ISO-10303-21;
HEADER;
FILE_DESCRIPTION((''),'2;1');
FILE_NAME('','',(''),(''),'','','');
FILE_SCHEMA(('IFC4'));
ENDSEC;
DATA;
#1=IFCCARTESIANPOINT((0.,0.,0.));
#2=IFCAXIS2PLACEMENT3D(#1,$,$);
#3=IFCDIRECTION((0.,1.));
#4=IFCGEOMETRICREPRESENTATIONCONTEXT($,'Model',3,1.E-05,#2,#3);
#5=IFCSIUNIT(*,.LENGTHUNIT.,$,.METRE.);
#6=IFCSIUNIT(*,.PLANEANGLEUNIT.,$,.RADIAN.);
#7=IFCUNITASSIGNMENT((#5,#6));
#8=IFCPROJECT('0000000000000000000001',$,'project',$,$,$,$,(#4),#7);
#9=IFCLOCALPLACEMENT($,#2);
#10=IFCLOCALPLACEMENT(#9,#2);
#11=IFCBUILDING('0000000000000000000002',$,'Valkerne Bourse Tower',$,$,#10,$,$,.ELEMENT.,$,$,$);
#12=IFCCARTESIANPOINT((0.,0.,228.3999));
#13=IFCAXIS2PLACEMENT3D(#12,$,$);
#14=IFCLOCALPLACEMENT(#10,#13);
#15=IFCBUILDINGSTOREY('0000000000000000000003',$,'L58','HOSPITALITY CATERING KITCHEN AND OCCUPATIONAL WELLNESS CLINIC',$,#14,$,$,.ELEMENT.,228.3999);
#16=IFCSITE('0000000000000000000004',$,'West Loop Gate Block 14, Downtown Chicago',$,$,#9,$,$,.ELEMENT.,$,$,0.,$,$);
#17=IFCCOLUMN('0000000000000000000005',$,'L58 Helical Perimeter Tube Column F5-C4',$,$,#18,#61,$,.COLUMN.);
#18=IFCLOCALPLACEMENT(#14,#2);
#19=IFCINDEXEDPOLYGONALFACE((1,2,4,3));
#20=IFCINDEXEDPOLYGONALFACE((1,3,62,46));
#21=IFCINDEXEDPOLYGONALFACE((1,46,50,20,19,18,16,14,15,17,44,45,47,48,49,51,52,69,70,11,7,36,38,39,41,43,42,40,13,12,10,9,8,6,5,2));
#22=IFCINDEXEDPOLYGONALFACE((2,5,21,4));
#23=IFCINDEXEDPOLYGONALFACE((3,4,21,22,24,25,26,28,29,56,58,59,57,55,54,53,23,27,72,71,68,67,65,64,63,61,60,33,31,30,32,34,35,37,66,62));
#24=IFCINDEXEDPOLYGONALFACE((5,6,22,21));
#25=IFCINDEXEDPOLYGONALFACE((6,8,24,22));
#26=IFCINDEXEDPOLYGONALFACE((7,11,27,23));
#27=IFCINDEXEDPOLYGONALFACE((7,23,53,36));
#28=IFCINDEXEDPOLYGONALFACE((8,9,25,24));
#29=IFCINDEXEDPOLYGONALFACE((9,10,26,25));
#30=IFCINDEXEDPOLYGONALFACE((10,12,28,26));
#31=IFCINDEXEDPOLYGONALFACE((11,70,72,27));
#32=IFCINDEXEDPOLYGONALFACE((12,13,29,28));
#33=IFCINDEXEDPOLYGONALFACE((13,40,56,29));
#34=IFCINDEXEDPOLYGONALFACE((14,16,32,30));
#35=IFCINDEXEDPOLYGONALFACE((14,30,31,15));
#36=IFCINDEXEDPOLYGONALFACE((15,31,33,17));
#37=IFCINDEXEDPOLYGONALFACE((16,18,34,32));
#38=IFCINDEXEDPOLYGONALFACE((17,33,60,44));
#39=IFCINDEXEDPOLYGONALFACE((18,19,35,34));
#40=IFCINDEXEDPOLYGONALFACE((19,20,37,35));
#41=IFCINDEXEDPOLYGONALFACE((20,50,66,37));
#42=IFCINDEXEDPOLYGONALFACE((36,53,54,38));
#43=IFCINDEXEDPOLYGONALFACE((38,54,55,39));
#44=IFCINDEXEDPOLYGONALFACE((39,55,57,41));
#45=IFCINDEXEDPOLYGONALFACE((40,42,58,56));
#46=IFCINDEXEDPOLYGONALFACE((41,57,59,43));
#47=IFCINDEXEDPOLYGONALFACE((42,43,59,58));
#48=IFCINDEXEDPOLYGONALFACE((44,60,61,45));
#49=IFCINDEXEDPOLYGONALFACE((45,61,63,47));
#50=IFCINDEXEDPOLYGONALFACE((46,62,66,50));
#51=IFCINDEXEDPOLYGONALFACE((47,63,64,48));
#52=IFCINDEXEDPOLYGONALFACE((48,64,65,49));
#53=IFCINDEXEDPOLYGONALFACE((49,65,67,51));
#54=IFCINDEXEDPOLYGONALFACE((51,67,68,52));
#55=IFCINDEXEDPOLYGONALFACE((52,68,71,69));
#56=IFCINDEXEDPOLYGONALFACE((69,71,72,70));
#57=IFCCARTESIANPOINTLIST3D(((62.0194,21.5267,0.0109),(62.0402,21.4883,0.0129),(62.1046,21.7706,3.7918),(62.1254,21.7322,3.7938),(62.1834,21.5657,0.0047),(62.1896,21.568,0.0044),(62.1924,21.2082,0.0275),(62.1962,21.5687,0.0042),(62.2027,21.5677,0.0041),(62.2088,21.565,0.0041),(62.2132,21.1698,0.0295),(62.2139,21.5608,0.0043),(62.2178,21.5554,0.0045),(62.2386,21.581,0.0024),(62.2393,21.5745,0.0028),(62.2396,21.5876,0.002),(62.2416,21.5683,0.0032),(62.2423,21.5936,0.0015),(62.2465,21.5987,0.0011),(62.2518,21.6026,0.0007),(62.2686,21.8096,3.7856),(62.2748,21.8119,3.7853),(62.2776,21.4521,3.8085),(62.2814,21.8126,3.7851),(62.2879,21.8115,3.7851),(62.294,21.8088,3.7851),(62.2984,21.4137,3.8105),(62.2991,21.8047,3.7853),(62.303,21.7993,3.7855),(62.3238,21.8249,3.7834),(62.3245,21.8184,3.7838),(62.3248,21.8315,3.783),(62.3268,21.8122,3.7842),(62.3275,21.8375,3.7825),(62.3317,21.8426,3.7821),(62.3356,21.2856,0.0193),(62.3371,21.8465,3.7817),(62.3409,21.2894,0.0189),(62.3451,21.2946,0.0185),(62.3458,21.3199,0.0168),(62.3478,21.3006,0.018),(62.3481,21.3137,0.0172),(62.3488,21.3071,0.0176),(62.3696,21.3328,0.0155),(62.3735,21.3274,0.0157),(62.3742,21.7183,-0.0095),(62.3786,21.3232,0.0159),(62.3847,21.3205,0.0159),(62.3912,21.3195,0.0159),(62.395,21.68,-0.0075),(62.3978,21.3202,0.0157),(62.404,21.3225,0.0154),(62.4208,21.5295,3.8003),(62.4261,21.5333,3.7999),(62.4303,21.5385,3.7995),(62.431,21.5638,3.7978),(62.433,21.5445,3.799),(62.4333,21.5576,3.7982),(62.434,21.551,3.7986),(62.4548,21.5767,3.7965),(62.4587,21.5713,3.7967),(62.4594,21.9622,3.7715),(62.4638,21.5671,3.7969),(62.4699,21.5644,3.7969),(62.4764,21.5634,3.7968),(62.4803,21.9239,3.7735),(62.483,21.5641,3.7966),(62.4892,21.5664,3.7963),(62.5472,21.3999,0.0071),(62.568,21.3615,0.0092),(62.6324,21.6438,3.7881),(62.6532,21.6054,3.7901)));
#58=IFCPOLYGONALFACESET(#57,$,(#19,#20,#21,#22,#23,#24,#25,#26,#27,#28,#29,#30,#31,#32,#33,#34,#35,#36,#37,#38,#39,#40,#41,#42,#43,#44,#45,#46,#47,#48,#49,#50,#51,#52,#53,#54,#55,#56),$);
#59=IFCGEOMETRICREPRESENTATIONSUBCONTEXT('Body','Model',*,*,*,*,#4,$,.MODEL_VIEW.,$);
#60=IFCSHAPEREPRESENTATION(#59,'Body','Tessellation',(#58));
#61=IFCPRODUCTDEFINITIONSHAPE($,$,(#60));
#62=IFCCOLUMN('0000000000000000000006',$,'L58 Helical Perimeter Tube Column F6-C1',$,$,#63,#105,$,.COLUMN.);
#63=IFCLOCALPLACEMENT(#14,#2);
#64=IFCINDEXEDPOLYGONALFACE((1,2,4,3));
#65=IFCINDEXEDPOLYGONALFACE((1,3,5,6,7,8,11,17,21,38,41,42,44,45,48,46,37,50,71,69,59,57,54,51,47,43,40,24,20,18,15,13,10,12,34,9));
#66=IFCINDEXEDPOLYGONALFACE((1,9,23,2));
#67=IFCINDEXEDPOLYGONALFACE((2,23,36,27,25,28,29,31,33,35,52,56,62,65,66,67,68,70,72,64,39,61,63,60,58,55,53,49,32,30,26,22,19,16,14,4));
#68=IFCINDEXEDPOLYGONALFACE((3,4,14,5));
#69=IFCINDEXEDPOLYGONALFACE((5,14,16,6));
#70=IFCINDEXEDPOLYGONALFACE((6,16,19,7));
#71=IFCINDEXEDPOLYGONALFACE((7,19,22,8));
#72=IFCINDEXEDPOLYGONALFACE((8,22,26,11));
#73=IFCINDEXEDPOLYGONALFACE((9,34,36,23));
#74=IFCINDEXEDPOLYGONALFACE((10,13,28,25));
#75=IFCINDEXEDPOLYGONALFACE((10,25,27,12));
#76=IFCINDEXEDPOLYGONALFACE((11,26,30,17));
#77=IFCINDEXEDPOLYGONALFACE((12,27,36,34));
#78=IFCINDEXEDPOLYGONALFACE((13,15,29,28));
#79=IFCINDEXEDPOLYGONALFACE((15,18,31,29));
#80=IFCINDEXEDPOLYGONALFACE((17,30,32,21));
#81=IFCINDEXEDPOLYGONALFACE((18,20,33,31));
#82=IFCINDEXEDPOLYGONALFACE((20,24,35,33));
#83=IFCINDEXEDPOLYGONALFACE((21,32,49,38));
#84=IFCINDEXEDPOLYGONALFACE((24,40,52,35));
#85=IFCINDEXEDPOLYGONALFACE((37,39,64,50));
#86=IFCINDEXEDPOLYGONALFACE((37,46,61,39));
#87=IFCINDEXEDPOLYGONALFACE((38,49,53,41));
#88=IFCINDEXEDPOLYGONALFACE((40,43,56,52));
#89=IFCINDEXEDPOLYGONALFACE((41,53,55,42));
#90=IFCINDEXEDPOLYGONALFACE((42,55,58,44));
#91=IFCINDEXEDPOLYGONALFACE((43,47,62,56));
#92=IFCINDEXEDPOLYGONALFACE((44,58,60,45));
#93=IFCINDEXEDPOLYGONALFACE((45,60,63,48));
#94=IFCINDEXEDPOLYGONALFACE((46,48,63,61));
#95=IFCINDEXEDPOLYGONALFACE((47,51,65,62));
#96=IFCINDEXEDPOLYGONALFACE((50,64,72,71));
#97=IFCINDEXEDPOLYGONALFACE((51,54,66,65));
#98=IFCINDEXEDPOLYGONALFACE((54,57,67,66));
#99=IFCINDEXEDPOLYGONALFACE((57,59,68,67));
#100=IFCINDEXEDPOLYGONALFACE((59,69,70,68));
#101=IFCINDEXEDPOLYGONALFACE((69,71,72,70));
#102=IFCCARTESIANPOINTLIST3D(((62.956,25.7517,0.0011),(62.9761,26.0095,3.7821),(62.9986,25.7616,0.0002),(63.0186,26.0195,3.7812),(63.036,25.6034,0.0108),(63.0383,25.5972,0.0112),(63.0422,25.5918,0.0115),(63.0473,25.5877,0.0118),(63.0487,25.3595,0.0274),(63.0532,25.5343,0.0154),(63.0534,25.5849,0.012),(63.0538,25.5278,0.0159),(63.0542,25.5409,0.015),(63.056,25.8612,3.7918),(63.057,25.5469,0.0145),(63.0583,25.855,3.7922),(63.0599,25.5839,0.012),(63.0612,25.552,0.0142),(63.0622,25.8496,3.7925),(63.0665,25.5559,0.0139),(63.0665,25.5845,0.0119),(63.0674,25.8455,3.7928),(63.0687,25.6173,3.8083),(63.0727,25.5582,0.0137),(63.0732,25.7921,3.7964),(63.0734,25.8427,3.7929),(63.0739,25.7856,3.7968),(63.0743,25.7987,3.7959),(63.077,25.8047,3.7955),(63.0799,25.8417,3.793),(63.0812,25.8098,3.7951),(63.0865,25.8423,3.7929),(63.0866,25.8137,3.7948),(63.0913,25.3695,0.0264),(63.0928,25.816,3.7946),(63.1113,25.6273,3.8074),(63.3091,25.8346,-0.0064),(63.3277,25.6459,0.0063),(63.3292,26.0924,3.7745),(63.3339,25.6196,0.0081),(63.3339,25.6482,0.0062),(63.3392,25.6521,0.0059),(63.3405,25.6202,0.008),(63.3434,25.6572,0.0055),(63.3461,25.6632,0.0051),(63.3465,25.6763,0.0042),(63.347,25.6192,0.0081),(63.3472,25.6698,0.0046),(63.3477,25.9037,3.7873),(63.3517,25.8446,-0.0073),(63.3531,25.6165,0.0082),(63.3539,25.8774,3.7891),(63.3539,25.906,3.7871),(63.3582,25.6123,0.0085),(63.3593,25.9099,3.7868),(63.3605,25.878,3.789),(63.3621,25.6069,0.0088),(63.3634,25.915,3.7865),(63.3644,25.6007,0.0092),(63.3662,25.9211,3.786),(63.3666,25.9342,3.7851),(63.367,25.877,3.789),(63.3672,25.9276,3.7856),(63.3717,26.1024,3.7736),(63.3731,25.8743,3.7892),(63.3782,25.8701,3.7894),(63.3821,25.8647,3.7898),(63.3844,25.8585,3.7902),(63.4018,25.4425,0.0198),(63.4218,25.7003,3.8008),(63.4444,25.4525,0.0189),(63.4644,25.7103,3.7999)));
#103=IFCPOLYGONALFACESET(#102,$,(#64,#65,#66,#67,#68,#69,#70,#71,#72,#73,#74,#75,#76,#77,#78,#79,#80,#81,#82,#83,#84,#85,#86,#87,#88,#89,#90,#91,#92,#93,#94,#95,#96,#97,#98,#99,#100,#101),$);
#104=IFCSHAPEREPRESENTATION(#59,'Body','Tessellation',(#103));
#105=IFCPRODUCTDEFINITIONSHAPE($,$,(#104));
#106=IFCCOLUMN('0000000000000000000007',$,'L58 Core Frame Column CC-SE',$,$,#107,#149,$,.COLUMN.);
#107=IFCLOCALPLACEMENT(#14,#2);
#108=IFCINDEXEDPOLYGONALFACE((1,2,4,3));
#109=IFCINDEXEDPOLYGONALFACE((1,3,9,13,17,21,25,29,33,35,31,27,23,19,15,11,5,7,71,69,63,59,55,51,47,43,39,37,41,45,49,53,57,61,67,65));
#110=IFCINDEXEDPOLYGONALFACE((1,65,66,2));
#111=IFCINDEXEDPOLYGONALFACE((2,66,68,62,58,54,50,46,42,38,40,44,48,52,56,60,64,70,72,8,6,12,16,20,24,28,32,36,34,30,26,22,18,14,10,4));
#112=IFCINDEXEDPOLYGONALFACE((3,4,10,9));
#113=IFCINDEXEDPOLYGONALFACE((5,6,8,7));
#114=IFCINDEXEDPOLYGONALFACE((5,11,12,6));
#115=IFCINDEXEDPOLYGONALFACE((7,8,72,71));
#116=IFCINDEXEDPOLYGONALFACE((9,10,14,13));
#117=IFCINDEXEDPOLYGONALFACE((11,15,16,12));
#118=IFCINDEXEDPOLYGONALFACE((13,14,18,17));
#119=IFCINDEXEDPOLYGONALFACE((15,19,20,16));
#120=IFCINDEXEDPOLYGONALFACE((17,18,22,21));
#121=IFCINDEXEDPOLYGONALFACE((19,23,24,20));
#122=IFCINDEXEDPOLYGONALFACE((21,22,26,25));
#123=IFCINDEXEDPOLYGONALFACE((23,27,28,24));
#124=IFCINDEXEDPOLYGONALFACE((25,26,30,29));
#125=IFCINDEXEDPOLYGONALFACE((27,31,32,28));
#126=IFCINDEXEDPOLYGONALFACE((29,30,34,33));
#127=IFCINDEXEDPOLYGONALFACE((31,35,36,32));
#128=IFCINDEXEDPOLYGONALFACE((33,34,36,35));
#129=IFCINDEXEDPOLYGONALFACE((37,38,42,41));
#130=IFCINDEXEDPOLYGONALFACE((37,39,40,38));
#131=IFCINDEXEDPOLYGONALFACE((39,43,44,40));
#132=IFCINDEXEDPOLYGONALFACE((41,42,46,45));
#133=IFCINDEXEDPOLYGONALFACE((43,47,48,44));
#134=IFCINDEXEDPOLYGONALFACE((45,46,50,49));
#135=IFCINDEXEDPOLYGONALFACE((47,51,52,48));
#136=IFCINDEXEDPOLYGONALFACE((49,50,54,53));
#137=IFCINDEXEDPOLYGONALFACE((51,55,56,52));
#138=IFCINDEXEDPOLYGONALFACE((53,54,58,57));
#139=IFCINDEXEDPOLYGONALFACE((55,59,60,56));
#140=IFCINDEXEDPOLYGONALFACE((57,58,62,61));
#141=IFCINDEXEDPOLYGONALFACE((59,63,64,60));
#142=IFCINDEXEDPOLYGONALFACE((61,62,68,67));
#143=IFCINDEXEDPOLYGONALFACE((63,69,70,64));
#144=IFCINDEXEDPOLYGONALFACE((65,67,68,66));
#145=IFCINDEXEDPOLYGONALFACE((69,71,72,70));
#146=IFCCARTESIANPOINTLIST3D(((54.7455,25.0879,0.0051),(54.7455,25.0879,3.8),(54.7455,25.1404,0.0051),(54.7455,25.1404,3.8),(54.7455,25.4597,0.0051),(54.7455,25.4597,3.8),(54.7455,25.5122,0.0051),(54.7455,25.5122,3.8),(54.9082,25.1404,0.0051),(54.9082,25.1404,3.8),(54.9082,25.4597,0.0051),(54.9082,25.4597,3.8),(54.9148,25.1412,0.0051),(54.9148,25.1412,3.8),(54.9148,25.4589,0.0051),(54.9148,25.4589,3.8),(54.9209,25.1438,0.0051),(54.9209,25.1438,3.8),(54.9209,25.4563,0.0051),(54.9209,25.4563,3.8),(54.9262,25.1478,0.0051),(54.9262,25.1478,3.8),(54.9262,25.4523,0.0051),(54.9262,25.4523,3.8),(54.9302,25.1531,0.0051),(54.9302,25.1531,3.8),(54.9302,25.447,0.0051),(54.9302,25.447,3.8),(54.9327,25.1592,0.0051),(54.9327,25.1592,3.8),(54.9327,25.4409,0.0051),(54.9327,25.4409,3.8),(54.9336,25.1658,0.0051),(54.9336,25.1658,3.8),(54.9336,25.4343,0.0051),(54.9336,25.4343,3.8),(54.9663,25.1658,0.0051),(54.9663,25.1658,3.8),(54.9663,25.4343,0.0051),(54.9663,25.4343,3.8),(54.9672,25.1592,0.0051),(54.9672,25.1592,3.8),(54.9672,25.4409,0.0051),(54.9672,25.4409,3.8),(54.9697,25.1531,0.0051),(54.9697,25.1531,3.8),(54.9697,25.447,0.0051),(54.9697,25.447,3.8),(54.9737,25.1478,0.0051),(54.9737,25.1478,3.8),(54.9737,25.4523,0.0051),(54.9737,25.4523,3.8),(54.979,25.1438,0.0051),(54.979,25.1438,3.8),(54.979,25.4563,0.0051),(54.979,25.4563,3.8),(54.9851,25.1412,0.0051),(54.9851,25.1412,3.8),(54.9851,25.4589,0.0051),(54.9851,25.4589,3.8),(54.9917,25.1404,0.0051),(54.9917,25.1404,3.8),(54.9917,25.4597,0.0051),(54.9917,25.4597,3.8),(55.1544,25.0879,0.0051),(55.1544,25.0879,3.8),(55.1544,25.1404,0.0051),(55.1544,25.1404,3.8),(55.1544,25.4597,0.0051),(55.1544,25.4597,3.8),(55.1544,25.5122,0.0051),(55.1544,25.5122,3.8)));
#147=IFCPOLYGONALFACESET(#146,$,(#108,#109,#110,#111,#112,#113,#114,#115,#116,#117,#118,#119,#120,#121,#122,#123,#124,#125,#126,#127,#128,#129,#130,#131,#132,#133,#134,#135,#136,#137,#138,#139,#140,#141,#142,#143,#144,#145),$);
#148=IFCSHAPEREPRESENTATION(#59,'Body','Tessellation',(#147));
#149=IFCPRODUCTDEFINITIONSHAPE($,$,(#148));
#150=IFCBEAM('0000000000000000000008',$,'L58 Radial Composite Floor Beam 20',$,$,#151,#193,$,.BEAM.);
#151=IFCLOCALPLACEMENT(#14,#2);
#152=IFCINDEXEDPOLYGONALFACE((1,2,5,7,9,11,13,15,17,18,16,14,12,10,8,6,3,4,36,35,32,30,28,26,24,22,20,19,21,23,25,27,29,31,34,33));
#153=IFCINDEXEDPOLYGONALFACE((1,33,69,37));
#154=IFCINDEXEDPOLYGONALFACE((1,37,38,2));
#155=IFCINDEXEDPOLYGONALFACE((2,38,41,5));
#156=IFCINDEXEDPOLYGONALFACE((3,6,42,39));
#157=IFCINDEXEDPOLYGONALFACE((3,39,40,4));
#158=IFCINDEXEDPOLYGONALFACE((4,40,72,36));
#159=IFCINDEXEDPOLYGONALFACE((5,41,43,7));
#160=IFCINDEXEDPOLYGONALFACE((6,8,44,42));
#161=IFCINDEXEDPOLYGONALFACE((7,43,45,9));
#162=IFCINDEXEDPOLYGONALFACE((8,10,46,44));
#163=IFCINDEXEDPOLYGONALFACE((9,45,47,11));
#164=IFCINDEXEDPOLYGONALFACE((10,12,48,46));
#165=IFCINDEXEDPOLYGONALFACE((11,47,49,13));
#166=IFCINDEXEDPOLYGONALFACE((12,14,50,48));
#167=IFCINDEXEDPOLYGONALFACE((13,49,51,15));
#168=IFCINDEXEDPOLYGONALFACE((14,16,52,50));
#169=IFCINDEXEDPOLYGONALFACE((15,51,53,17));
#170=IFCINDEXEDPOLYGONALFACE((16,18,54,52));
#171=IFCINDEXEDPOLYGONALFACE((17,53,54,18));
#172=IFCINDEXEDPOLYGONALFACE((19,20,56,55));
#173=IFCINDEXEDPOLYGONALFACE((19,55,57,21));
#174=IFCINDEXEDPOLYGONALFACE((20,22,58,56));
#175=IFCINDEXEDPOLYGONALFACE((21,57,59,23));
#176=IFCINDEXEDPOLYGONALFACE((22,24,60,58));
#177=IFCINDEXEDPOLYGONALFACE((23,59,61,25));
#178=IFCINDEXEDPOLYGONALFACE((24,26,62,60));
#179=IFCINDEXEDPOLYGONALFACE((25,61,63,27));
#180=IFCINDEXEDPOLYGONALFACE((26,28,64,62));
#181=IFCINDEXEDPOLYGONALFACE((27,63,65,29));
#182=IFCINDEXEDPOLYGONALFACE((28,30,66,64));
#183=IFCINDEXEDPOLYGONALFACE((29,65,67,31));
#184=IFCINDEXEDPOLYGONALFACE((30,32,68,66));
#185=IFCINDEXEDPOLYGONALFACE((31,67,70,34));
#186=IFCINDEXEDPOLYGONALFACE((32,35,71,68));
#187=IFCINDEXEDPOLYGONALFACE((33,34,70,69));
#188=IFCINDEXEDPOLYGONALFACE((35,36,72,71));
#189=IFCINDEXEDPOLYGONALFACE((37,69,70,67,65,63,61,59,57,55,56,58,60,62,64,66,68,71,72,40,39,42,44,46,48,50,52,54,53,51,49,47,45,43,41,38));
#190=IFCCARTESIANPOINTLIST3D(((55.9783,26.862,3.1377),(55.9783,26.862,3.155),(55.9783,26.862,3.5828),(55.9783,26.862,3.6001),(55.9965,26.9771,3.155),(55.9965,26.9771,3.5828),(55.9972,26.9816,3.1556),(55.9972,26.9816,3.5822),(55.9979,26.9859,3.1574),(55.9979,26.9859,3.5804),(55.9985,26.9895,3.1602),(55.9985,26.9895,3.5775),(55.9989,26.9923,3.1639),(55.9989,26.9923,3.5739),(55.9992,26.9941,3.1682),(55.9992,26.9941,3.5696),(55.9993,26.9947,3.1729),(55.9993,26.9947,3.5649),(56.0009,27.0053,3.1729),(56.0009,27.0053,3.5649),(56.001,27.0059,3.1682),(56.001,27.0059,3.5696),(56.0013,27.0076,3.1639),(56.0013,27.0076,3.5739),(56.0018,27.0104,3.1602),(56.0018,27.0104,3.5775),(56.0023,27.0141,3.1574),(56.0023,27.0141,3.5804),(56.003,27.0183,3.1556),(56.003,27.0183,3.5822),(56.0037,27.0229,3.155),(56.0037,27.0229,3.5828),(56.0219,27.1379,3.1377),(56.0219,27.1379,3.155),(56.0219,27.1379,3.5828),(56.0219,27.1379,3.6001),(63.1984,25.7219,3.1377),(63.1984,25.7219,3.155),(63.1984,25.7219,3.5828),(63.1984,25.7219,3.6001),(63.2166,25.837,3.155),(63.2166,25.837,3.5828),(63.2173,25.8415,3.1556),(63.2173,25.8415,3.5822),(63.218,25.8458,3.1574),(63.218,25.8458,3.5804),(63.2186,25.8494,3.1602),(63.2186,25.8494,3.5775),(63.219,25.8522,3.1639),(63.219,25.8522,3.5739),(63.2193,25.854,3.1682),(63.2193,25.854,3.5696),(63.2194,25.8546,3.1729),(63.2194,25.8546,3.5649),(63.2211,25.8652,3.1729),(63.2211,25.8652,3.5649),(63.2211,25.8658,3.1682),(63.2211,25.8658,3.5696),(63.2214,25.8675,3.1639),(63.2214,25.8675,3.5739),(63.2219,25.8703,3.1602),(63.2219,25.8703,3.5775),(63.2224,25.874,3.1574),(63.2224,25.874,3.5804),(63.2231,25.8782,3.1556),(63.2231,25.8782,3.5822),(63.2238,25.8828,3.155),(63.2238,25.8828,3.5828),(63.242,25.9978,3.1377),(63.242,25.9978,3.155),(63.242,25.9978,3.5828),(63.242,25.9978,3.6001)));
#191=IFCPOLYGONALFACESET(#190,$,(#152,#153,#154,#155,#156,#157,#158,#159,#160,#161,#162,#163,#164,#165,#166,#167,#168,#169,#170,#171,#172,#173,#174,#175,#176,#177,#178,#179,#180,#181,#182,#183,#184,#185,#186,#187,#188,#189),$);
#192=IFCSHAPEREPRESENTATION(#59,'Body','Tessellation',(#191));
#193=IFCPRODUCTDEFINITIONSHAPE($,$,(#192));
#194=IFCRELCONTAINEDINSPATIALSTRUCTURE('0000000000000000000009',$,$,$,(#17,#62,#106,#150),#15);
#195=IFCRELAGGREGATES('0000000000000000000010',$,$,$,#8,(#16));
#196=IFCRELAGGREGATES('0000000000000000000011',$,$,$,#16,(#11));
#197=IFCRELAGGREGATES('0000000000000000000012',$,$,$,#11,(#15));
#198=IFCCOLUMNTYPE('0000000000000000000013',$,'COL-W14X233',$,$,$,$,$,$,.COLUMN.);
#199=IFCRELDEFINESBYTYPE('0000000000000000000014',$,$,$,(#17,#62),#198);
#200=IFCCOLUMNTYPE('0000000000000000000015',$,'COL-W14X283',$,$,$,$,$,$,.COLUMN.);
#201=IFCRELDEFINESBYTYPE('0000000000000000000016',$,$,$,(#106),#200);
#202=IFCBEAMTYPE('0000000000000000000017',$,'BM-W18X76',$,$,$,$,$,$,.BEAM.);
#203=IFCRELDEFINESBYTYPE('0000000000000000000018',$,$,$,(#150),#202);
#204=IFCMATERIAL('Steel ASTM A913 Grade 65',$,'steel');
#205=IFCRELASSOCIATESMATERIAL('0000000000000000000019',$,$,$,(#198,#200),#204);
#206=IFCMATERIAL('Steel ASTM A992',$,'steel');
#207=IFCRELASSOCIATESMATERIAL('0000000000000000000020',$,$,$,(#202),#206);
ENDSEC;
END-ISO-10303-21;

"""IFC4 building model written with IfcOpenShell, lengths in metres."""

from ifc_helpers import new_model, si_unit, direction, frame, origin, origin_2d, place, context, subcontext, project, spatial, i_section, extrude, material, material_profile, profile_set, type_object, element, save


model = new_model("IFC4")

# Units and contexts
model_context = context("Model", 3, precision=1e-05, world=origin(), true_north=direction((0.0, 1.0)))
body_context = subcontext(model_context, "Body", "Model", "MODEL_VIEW")
ifc_project = project(units=[si_unit("LENGTHUNIT", "METRE"), si_unit("PLANEANGLEUNIT", "RADIAN")], contexts=[model_context])

# Site, building, storey
site_placement = place(None, origin())
site = spatial("IfcSite", under=ifc_project, at=site_placement, Name="West Loop Gate Block 14, Downtown Chicago", CompositionType="ELEMENT", RefElevation=0.0)
building_placement = place(site_placement, origin())
building = spatial("IfcBuilding", under=site, at=building_placement, Name="Valkerne Bourse Tower", CompositionType="ELEMENT")
storey_placement = place(building_placement, frame((0.0, 0.0, 228.3999)))
storey = spatial("IfcBuildingStorey", under=building, at=storey_placement, Name="L58", Description="HOSPITALITY CATERING KITCHEN AND OCCUPATIONAL WELLNESS CLINIC", CompositionType="ELEMENT", Elevation=228.3999)

# Columns
ifc_material_1 = material(Name="Steel ASTM A913 Grade 65", Category="steel")
ifc_material_profile_1 = material_profile(ifc_material_1, i_section(OverallWidth=0.4038, OverallDepth=0.4065, WebThickness=0.0271, FlangeThickness=0.0437, FilletRadius=0.0254, at=origin_2d()), Name="W14X233")
ifc_profile_set_1 = profile_set([ifc_material_profile_1], Name="Steel ASTM A913 Grade 65")
column_type_1 = type_object("IfcColumnType", Name="COL-W14X233", PredefinedType="COLUMN", material=ifc_profile_set_1)
for number, where, z_axis, x_axis, name in (
    (1, (62.2937, 21.4441, 0.01), (0.022483, 0.064356, 0.997674), (-0.878722, -0.474663, 0.05042), "L58 Helical Perimeter Tube Column F5-C4"),
    (2, (63.2002, 25.6021, 0.01), (0.005282, 0.068027, 0.997669), (0.229539, -0.971126, 0.065002), "L58 Helical Perimeter Tube Column F6-C1"),
):
    element("IfcColumn", number, at=place(storey_placement, frame(where, z_axis=z_axis, x_axis=x_axis)), inside=storey, type_object=column_type_1, Name=name, PredefinedType="COLUMN", context=body_context, shape_type="SweptSolid", body=[
        extrude(i_section(OverallWidth=0.4038, OverallDepth=0.4065, WebThickness=0.0271, FlangeThickness=0.0437, FilletRadius=0.0254, at=origin_2d()), origin(), (0.0, 0.0, 1.0), 3.7898),
    ])
ifc_material_profile_2 = material_profile(ifc_material_1, i_section(OverallWidth=0.4089, OverallDepth=0.4243, WebThickness=0.0327, FlangeThickness=0.0525, FilletRadius=0.0254, at=origin_2d()), Name="W14X283")
ifc_profile_set_2 = profile_set([ifc_material_profile_2], Name="Steel ASTM A913 Grade 65")
column_type_2 = type_object("IfcColumnType", Name="COL-W14X283", PredefinedType="COLUMN", material=ifc_profile_set_2)
column_placement = place(storey_placement, frame((54.95, 25.3, 0.0051), z_axis=(0.0, 0.0, 1.0), x_axis=(1.0, 0.0, 0.0)))
element("IfcColumn", 3, at=column_placement, inside=storey, type_object=column_type_2, Name="L58 Core Frame Column CC-SE", PredefinedType="COLUMN", context=body_context, shape_type="SweptSolid", body=[
    extrude(i_section(OverallWidth=0.4089, OverallDepth=0.4243, WebThickness=0.0327, FlangeThickness=0.0525, FilletRadius=0.0254, at=origin_2d()), origin(), (0.0, 0.0, 1.0), 3.7949),
])

# Beam
ifc_material_2 = material(Name="Steel ASTM A992", Category="steel")
ifc_material_profile_3 = material_profile(ifc_material_2, i_section(OverallWidth=0.2793, OverallDepth=0.4624, WebThickness=0.0107, FlangeThickness=0.0173, FilletRadius=0.0178, at=origin_2d()), Name="W18X76")
ifc_profile_set_3 = profile_set([ifc_material_profile_3], Name="Steel ASTM A992")
beam_type_1 = type_object("IfcBeamType", Name="BM-W18X76", PredefinedType="BEAM", material=ifc_profile_set_3)
beam_1_placement = place(storey_placement, frame((63.2202, 25.8599, 3.3689), z_axis=(-0.987761, 0.155976, 0.0), x_axis=(-0.155976, -0.987761, 0.0)))
element("IfcBeam", 4, at=beam_1_placement, inside=storey, type_object=beam_type_1, Name="L58 Radial Composite Floor Beam 20", PredefinedType="BEAM", context=body_context, shape_type="SweptSolid", body=[
    extrude(i_section(OverallWidth=0.2793, OverallDepth=0.4624, WebThickness=0.0107, FlangeThickness=0.0173, FilletRadius=0.0178, at=origin_2d()), origin(), (0.0, 0.0, 1.0), 7.3096),
])

save(model, "model.ifc")
